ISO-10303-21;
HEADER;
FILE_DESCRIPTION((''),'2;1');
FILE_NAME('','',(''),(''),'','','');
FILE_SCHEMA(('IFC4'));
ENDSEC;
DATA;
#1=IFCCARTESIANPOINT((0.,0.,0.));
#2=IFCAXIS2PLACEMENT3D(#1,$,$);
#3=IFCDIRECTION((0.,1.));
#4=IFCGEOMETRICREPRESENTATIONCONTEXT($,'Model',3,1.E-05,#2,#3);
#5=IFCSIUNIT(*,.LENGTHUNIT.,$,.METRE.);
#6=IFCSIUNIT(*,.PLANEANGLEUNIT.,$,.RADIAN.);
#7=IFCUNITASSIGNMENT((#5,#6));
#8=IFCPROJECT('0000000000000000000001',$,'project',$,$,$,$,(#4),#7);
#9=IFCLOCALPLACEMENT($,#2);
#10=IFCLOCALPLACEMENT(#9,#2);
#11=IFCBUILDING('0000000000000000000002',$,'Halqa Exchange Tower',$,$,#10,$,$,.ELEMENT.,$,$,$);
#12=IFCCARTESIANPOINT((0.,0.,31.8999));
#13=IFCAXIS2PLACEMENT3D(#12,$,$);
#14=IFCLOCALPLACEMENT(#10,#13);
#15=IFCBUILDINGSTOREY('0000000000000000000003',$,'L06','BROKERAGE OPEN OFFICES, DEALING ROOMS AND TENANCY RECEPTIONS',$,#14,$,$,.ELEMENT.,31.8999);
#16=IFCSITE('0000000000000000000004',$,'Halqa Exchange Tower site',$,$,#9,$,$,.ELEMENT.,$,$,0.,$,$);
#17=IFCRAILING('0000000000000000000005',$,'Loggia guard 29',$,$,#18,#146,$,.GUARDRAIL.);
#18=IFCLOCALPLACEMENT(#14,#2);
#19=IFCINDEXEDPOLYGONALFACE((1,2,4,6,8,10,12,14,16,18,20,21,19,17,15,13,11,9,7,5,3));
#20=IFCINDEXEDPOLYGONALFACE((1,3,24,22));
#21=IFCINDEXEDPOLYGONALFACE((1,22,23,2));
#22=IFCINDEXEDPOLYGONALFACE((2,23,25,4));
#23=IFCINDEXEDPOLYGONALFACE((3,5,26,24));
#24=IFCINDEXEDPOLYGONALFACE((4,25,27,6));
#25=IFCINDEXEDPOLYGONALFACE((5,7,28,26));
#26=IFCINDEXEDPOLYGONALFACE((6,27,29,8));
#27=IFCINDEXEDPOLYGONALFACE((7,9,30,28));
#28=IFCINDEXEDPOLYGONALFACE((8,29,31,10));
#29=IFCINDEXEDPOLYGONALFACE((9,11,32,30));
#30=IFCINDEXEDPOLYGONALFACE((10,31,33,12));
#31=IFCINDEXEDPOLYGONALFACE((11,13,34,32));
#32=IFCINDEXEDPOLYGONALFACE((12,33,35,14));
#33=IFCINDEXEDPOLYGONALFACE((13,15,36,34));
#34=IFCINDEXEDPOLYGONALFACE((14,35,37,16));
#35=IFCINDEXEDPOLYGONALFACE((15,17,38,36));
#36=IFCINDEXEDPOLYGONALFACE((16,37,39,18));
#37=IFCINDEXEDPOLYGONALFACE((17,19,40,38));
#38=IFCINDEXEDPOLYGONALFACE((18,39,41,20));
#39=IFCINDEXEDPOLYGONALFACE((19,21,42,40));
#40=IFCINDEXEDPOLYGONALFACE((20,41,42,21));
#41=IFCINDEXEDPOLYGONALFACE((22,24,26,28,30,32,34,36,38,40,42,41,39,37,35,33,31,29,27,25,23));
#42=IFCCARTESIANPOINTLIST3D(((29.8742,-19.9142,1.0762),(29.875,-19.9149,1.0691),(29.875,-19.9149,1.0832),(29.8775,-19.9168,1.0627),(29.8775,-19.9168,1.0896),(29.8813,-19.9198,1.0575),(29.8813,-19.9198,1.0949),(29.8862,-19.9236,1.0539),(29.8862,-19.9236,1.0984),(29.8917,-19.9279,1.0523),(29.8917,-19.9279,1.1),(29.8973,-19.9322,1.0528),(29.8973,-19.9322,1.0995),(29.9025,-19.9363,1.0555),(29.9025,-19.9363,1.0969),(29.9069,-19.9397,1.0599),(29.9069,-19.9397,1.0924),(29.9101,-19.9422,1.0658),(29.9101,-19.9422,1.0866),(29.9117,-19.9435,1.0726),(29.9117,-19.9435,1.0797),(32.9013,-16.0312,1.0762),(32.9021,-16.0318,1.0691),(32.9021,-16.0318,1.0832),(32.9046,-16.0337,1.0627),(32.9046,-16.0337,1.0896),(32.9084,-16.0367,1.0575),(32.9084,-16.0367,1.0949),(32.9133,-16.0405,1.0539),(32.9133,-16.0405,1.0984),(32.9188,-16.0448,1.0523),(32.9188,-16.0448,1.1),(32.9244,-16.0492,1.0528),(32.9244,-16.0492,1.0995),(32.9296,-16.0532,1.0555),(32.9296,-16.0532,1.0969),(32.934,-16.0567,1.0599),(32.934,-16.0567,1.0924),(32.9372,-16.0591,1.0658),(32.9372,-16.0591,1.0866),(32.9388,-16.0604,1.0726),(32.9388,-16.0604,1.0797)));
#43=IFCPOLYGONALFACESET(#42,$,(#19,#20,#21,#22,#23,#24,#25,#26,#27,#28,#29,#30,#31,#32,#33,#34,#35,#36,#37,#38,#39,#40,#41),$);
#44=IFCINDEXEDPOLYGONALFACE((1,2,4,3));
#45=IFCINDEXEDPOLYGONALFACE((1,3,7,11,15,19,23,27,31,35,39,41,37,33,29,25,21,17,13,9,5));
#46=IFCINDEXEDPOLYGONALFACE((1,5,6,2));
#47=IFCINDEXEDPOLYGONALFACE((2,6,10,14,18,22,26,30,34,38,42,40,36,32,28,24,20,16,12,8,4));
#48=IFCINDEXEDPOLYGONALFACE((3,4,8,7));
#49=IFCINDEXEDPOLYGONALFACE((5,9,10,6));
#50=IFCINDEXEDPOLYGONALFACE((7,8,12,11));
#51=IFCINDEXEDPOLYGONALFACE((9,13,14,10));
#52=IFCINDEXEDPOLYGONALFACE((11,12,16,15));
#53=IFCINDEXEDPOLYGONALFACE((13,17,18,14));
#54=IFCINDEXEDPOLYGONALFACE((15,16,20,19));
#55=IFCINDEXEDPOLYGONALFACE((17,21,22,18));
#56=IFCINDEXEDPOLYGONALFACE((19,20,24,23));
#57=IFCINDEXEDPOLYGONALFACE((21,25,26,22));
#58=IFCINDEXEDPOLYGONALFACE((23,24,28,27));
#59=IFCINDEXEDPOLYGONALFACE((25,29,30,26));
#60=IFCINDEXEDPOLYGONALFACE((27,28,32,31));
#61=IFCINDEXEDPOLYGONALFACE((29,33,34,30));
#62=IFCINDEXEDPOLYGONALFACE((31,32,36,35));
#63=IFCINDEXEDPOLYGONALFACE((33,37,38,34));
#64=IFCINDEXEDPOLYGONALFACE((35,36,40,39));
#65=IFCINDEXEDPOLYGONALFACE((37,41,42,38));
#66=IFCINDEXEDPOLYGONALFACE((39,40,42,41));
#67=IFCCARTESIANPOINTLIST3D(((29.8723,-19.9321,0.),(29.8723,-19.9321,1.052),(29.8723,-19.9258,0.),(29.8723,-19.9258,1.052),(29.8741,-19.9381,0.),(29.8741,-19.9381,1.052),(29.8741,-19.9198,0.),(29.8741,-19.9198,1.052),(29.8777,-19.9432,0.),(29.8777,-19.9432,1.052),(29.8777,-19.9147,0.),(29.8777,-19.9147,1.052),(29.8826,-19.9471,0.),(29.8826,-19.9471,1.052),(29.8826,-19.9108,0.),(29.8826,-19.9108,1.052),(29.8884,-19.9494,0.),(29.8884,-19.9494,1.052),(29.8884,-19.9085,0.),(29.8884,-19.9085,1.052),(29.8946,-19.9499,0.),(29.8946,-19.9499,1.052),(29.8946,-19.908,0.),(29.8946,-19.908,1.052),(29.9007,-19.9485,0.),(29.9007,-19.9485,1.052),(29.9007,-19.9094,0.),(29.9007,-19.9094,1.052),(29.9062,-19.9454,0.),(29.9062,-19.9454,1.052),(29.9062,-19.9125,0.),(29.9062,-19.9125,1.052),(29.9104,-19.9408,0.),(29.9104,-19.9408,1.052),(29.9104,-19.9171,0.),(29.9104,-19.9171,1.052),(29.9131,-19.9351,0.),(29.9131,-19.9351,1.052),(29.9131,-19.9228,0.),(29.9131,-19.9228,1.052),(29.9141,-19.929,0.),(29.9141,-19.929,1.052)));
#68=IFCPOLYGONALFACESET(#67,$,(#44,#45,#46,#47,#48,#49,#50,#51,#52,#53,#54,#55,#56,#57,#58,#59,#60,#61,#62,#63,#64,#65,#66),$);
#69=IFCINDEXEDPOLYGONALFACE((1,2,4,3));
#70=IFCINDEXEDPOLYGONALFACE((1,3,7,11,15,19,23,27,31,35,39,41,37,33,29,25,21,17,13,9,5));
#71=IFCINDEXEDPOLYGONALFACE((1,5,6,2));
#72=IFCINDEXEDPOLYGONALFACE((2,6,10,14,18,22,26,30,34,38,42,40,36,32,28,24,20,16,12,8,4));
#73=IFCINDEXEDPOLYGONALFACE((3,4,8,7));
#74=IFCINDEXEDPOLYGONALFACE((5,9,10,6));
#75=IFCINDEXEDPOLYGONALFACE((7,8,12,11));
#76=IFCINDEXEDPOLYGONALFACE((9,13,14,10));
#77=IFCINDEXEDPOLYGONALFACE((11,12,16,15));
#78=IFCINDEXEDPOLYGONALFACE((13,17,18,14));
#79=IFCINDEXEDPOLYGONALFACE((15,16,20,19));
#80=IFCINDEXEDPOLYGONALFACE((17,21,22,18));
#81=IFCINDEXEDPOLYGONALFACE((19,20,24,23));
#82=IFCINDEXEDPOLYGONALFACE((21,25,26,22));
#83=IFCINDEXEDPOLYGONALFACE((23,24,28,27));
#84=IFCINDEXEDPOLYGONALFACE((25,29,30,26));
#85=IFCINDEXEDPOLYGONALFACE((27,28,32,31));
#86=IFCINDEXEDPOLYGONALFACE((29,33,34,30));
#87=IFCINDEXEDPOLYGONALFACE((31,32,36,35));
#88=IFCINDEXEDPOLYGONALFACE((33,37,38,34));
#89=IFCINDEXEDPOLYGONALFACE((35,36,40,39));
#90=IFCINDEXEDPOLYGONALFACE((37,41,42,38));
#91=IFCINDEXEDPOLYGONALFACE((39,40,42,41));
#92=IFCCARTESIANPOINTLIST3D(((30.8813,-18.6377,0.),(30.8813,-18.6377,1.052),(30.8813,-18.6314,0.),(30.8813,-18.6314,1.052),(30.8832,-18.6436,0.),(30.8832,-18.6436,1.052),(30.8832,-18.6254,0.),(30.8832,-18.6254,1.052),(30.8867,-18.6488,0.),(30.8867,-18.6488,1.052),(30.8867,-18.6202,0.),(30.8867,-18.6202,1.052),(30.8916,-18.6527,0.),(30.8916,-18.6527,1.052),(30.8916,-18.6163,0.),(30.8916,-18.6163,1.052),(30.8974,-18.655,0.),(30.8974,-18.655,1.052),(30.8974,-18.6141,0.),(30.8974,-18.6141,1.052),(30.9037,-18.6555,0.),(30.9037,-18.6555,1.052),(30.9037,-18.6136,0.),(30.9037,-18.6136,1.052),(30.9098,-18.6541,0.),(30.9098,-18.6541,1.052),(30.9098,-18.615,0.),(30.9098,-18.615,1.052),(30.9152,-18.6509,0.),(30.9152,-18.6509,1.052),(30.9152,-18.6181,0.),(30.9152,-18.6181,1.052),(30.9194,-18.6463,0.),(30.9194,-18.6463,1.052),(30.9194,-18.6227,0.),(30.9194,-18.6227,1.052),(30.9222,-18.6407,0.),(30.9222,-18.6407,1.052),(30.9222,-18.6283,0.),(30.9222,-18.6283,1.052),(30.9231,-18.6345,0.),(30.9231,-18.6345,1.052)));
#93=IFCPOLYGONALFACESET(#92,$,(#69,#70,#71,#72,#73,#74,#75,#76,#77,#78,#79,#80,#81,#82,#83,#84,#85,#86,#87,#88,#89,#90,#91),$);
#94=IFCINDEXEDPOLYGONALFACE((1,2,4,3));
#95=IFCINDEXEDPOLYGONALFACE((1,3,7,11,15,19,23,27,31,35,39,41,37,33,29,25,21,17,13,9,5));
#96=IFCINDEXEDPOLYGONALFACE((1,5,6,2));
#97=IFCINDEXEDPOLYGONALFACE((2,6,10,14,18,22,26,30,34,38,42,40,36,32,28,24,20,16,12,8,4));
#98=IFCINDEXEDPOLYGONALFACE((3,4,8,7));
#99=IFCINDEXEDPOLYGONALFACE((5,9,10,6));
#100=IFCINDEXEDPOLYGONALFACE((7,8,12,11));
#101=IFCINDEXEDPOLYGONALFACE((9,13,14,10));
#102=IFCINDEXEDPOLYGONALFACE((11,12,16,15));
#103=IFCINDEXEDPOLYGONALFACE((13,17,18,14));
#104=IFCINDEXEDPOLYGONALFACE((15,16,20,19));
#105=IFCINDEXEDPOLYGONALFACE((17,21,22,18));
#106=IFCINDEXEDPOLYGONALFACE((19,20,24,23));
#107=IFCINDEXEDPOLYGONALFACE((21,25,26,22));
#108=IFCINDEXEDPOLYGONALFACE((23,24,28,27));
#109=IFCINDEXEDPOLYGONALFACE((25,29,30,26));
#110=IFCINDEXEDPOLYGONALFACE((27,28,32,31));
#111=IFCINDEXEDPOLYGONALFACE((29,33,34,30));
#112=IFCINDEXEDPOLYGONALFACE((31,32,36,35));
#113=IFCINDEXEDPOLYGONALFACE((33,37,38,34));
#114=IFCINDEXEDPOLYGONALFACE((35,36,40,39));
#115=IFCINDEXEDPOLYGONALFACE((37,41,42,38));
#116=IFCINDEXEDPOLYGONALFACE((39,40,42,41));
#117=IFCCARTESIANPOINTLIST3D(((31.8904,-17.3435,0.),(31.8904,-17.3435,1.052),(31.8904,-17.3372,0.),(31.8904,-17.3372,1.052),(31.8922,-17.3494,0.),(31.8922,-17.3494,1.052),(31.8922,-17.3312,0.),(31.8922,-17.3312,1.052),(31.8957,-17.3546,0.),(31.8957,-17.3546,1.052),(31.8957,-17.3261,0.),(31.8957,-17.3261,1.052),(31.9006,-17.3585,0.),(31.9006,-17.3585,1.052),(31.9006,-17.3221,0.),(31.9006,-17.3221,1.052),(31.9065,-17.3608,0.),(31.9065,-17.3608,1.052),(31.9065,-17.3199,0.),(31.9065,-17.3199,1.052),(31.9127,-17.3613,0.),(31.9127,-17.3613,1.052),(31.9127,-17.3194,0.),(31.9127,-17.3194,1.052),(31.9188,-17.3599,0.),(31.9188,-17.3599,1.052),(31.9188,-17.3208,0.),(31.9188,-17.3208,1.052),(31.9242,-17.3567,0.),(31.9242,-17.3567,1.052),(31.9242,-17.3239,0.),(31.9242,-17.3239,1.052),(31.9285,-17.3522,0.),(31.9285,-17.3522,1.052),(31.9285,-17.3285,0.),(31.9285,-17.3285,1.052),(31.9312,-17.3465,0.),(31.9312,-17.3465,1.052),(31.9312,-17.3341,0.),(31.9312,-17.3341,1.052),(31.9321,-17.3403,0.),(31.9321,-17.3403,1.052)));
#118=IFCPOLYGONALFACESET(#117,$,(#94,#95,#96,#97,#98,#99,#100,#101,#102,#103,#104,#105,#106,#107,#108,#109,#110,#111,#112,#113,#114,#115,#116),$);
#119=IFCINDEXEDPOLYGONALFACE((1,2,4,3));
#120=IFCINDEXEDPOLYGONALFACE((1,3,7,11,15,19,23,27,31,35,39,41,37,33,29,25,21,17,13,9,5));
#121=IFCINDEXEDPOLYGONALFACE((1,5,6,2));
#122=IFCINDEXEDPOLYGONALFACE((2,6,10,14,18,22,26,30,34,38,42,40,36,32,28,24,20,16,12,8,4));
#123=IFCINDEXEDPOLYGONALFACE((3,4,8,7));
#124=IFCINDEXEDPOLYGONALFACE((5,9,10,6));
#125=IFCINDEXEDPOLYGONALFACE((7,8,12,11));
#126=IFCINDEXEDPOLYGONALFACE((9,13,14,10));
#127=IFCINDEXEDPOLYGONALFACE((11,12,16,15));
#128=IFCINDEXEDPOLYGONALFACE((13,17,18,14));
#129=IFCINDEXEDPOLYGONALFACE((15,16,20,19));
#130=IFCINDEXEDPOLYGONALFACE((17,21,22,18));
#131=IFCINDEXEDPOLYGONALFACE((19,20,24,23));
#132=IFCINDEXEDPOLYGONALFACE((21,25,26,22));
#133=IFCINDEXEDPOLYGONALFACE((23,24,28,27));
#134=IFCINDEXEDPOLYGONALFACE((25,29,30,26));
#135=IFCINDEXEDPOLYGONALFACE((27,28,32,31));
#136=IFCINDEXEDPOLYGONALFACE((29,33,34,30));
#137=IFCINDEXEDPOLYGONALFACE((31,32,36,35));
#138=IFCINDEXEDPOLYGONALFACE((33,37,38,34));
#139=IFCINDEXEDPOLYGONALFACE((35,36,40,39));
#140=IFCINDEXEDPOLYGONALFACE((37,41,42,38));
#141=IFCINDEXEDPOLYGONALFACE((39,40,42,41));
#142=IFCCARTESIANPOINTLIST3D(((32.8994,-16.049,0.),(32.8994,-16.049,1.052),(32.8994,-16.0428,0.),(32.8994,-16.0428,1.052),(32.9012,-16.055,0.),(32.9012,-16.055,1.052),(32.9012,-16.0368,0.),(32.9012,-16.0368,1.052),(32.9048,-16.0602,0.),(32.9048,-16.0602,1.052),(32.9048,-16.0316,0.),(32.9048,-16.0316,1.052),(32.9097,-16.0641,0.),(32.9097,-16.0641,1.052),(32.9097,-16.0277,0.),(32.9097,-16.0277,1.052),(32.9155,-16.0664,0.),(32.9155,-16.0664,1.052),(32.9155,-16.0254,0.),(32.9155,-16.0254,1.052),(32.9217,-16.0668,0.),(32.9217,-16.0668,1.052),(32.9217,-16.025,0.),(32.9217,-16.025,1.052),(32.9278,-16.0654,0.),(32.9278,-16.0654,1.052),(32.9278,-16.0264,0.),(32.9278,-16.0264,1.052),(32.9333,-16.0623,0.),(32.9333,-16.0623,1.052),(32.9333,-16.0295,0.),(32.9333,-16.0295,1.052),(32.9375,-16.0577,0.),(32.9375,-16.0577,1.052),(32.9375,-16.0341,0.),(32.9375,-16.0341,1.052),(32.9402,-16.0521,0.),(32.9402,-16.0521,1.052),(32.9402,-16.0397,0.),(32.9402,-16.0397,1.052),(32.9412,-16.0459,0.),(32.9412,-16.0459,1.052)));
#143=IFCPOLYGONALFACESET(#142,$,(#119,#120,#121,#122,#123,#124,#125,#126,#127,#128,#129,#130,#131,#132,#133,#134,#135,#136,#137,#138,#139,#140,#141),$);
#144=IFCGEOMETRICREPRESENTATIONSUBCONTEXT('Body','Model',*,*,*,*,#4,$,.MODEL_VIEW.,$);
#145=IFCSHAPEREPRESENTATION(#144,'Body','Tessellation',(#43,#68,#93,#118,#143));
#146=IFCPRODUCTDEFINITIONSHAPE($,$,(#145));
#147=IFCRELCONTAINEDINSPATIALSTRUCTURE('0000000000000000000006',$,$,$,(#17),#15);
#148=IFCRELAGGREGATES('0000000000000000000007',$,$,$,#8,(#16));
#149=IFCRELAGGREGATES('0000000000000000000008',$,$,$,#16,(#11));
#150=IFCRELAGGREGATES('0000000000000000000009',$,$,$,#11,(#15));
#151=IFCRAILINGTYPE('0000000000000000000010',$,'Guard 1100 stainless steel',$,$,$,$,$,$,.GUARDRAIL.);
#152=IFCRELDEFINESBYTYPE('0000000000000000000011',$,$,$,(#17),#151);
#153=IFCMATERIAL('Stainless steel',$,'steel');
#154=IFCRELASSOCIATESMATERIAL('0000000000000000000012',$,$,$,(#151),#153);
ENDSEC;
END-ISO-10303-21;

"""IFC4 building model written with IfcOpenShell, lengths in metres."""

from ifc_helpers import new_model, si_unit, direction, frame, origin, origin_2d, place, context, subcontext, project, spatial, circle, extrude, material, type_object, element, save


model = new_model("IFC4")

# Units and contexts
model_context = context("Model", 3, precision=1e-05, world=origin(), true_north=direction((0.0, 1.0)))
body_context = subcontext(model_context, "Body", "Model", "MODEL_VIEW")
ifc_project = project(units=[si_unit("LENGTHUNIT", "METRE"), si_unit("PLANEANGLEUNIT", "RADIAN")], contexts=[model_context])

# Site, building, storey
site_placement = place(None, origin())
site = spatial("IfcSite", under=ifc_project, at=site_placement, Name="Halqa Exchange Tower site", CompositionType="ELEMENT", RefElevation=0.0)
building_placement = place(site_placement, origin())
building = spatial("IfcBuilding", under=site, at=building_placement, Name="Halqa Exchange Tower", CompositionType="ELEMENT")
storey_placement = place(building_placement, frame((0.0, 0.0, 31.8999)))
storey = spatial("IfcBuildingStorey", under=building, at=storey_placement, Name="L06", Description="BROKERAGE OPEN OFFICES, DEALING ROOMS AND TENANCY RECEPTIONS", CompositionType="ELEMENT", Elevation=31.8999)

# Railing
ifc_material_1 = material(Name="Stainless steel", Category="steel")
railing_type = type_object("IfcRailingType", Name="Guard 1100 stainless steel", PredefinedType="GUARDRAIL", material=ifc_material_1)
railing_1_placement = place(storey_placement, frame((29.8931, -19.929, 0.0)))
element("IfcRailing", 1, at=railing_1_placement, inside=storey, type_object=railing_type, Name="Loggia guard 29", PredefinedType="GUARDRAIL", context=body_context, shape_type="SweptSolid", body=[
    extrude(circle(Radius=0.0239, at=origin_2d()), frame((0.0, 0.0, 1.0762), z_axis=(0.614819, 0.788668, 0.0), x_axis=(-0.788668, 0.614819, 0.0)), (0.0, 0.0, 1.0), 4.9236),
    extrude(circle(Radius=0.021, at=origin_2d()), origin(), (0.0, 0.0, 1.0), 1.052),
    extrude(circle(Radius=0.021, at=origin_2d()), frame((1.009, 1.2944, 0.0)), (0.0, 0.0, 1.0), 1.052),
    extrude(circle(Radius=0.021, at=origin_2d()), frame((2.0181, 2.5886, 0.0)), (0.0, 0.0, 1.0), 1.052),
    extrude(circle(Radius=0.021, at=origin_2d()), frame((3.0271, 3.8831, 0.0)), (0.0, 0.0, 1.0), 1.052),
])

save(model, "model.ifc")
